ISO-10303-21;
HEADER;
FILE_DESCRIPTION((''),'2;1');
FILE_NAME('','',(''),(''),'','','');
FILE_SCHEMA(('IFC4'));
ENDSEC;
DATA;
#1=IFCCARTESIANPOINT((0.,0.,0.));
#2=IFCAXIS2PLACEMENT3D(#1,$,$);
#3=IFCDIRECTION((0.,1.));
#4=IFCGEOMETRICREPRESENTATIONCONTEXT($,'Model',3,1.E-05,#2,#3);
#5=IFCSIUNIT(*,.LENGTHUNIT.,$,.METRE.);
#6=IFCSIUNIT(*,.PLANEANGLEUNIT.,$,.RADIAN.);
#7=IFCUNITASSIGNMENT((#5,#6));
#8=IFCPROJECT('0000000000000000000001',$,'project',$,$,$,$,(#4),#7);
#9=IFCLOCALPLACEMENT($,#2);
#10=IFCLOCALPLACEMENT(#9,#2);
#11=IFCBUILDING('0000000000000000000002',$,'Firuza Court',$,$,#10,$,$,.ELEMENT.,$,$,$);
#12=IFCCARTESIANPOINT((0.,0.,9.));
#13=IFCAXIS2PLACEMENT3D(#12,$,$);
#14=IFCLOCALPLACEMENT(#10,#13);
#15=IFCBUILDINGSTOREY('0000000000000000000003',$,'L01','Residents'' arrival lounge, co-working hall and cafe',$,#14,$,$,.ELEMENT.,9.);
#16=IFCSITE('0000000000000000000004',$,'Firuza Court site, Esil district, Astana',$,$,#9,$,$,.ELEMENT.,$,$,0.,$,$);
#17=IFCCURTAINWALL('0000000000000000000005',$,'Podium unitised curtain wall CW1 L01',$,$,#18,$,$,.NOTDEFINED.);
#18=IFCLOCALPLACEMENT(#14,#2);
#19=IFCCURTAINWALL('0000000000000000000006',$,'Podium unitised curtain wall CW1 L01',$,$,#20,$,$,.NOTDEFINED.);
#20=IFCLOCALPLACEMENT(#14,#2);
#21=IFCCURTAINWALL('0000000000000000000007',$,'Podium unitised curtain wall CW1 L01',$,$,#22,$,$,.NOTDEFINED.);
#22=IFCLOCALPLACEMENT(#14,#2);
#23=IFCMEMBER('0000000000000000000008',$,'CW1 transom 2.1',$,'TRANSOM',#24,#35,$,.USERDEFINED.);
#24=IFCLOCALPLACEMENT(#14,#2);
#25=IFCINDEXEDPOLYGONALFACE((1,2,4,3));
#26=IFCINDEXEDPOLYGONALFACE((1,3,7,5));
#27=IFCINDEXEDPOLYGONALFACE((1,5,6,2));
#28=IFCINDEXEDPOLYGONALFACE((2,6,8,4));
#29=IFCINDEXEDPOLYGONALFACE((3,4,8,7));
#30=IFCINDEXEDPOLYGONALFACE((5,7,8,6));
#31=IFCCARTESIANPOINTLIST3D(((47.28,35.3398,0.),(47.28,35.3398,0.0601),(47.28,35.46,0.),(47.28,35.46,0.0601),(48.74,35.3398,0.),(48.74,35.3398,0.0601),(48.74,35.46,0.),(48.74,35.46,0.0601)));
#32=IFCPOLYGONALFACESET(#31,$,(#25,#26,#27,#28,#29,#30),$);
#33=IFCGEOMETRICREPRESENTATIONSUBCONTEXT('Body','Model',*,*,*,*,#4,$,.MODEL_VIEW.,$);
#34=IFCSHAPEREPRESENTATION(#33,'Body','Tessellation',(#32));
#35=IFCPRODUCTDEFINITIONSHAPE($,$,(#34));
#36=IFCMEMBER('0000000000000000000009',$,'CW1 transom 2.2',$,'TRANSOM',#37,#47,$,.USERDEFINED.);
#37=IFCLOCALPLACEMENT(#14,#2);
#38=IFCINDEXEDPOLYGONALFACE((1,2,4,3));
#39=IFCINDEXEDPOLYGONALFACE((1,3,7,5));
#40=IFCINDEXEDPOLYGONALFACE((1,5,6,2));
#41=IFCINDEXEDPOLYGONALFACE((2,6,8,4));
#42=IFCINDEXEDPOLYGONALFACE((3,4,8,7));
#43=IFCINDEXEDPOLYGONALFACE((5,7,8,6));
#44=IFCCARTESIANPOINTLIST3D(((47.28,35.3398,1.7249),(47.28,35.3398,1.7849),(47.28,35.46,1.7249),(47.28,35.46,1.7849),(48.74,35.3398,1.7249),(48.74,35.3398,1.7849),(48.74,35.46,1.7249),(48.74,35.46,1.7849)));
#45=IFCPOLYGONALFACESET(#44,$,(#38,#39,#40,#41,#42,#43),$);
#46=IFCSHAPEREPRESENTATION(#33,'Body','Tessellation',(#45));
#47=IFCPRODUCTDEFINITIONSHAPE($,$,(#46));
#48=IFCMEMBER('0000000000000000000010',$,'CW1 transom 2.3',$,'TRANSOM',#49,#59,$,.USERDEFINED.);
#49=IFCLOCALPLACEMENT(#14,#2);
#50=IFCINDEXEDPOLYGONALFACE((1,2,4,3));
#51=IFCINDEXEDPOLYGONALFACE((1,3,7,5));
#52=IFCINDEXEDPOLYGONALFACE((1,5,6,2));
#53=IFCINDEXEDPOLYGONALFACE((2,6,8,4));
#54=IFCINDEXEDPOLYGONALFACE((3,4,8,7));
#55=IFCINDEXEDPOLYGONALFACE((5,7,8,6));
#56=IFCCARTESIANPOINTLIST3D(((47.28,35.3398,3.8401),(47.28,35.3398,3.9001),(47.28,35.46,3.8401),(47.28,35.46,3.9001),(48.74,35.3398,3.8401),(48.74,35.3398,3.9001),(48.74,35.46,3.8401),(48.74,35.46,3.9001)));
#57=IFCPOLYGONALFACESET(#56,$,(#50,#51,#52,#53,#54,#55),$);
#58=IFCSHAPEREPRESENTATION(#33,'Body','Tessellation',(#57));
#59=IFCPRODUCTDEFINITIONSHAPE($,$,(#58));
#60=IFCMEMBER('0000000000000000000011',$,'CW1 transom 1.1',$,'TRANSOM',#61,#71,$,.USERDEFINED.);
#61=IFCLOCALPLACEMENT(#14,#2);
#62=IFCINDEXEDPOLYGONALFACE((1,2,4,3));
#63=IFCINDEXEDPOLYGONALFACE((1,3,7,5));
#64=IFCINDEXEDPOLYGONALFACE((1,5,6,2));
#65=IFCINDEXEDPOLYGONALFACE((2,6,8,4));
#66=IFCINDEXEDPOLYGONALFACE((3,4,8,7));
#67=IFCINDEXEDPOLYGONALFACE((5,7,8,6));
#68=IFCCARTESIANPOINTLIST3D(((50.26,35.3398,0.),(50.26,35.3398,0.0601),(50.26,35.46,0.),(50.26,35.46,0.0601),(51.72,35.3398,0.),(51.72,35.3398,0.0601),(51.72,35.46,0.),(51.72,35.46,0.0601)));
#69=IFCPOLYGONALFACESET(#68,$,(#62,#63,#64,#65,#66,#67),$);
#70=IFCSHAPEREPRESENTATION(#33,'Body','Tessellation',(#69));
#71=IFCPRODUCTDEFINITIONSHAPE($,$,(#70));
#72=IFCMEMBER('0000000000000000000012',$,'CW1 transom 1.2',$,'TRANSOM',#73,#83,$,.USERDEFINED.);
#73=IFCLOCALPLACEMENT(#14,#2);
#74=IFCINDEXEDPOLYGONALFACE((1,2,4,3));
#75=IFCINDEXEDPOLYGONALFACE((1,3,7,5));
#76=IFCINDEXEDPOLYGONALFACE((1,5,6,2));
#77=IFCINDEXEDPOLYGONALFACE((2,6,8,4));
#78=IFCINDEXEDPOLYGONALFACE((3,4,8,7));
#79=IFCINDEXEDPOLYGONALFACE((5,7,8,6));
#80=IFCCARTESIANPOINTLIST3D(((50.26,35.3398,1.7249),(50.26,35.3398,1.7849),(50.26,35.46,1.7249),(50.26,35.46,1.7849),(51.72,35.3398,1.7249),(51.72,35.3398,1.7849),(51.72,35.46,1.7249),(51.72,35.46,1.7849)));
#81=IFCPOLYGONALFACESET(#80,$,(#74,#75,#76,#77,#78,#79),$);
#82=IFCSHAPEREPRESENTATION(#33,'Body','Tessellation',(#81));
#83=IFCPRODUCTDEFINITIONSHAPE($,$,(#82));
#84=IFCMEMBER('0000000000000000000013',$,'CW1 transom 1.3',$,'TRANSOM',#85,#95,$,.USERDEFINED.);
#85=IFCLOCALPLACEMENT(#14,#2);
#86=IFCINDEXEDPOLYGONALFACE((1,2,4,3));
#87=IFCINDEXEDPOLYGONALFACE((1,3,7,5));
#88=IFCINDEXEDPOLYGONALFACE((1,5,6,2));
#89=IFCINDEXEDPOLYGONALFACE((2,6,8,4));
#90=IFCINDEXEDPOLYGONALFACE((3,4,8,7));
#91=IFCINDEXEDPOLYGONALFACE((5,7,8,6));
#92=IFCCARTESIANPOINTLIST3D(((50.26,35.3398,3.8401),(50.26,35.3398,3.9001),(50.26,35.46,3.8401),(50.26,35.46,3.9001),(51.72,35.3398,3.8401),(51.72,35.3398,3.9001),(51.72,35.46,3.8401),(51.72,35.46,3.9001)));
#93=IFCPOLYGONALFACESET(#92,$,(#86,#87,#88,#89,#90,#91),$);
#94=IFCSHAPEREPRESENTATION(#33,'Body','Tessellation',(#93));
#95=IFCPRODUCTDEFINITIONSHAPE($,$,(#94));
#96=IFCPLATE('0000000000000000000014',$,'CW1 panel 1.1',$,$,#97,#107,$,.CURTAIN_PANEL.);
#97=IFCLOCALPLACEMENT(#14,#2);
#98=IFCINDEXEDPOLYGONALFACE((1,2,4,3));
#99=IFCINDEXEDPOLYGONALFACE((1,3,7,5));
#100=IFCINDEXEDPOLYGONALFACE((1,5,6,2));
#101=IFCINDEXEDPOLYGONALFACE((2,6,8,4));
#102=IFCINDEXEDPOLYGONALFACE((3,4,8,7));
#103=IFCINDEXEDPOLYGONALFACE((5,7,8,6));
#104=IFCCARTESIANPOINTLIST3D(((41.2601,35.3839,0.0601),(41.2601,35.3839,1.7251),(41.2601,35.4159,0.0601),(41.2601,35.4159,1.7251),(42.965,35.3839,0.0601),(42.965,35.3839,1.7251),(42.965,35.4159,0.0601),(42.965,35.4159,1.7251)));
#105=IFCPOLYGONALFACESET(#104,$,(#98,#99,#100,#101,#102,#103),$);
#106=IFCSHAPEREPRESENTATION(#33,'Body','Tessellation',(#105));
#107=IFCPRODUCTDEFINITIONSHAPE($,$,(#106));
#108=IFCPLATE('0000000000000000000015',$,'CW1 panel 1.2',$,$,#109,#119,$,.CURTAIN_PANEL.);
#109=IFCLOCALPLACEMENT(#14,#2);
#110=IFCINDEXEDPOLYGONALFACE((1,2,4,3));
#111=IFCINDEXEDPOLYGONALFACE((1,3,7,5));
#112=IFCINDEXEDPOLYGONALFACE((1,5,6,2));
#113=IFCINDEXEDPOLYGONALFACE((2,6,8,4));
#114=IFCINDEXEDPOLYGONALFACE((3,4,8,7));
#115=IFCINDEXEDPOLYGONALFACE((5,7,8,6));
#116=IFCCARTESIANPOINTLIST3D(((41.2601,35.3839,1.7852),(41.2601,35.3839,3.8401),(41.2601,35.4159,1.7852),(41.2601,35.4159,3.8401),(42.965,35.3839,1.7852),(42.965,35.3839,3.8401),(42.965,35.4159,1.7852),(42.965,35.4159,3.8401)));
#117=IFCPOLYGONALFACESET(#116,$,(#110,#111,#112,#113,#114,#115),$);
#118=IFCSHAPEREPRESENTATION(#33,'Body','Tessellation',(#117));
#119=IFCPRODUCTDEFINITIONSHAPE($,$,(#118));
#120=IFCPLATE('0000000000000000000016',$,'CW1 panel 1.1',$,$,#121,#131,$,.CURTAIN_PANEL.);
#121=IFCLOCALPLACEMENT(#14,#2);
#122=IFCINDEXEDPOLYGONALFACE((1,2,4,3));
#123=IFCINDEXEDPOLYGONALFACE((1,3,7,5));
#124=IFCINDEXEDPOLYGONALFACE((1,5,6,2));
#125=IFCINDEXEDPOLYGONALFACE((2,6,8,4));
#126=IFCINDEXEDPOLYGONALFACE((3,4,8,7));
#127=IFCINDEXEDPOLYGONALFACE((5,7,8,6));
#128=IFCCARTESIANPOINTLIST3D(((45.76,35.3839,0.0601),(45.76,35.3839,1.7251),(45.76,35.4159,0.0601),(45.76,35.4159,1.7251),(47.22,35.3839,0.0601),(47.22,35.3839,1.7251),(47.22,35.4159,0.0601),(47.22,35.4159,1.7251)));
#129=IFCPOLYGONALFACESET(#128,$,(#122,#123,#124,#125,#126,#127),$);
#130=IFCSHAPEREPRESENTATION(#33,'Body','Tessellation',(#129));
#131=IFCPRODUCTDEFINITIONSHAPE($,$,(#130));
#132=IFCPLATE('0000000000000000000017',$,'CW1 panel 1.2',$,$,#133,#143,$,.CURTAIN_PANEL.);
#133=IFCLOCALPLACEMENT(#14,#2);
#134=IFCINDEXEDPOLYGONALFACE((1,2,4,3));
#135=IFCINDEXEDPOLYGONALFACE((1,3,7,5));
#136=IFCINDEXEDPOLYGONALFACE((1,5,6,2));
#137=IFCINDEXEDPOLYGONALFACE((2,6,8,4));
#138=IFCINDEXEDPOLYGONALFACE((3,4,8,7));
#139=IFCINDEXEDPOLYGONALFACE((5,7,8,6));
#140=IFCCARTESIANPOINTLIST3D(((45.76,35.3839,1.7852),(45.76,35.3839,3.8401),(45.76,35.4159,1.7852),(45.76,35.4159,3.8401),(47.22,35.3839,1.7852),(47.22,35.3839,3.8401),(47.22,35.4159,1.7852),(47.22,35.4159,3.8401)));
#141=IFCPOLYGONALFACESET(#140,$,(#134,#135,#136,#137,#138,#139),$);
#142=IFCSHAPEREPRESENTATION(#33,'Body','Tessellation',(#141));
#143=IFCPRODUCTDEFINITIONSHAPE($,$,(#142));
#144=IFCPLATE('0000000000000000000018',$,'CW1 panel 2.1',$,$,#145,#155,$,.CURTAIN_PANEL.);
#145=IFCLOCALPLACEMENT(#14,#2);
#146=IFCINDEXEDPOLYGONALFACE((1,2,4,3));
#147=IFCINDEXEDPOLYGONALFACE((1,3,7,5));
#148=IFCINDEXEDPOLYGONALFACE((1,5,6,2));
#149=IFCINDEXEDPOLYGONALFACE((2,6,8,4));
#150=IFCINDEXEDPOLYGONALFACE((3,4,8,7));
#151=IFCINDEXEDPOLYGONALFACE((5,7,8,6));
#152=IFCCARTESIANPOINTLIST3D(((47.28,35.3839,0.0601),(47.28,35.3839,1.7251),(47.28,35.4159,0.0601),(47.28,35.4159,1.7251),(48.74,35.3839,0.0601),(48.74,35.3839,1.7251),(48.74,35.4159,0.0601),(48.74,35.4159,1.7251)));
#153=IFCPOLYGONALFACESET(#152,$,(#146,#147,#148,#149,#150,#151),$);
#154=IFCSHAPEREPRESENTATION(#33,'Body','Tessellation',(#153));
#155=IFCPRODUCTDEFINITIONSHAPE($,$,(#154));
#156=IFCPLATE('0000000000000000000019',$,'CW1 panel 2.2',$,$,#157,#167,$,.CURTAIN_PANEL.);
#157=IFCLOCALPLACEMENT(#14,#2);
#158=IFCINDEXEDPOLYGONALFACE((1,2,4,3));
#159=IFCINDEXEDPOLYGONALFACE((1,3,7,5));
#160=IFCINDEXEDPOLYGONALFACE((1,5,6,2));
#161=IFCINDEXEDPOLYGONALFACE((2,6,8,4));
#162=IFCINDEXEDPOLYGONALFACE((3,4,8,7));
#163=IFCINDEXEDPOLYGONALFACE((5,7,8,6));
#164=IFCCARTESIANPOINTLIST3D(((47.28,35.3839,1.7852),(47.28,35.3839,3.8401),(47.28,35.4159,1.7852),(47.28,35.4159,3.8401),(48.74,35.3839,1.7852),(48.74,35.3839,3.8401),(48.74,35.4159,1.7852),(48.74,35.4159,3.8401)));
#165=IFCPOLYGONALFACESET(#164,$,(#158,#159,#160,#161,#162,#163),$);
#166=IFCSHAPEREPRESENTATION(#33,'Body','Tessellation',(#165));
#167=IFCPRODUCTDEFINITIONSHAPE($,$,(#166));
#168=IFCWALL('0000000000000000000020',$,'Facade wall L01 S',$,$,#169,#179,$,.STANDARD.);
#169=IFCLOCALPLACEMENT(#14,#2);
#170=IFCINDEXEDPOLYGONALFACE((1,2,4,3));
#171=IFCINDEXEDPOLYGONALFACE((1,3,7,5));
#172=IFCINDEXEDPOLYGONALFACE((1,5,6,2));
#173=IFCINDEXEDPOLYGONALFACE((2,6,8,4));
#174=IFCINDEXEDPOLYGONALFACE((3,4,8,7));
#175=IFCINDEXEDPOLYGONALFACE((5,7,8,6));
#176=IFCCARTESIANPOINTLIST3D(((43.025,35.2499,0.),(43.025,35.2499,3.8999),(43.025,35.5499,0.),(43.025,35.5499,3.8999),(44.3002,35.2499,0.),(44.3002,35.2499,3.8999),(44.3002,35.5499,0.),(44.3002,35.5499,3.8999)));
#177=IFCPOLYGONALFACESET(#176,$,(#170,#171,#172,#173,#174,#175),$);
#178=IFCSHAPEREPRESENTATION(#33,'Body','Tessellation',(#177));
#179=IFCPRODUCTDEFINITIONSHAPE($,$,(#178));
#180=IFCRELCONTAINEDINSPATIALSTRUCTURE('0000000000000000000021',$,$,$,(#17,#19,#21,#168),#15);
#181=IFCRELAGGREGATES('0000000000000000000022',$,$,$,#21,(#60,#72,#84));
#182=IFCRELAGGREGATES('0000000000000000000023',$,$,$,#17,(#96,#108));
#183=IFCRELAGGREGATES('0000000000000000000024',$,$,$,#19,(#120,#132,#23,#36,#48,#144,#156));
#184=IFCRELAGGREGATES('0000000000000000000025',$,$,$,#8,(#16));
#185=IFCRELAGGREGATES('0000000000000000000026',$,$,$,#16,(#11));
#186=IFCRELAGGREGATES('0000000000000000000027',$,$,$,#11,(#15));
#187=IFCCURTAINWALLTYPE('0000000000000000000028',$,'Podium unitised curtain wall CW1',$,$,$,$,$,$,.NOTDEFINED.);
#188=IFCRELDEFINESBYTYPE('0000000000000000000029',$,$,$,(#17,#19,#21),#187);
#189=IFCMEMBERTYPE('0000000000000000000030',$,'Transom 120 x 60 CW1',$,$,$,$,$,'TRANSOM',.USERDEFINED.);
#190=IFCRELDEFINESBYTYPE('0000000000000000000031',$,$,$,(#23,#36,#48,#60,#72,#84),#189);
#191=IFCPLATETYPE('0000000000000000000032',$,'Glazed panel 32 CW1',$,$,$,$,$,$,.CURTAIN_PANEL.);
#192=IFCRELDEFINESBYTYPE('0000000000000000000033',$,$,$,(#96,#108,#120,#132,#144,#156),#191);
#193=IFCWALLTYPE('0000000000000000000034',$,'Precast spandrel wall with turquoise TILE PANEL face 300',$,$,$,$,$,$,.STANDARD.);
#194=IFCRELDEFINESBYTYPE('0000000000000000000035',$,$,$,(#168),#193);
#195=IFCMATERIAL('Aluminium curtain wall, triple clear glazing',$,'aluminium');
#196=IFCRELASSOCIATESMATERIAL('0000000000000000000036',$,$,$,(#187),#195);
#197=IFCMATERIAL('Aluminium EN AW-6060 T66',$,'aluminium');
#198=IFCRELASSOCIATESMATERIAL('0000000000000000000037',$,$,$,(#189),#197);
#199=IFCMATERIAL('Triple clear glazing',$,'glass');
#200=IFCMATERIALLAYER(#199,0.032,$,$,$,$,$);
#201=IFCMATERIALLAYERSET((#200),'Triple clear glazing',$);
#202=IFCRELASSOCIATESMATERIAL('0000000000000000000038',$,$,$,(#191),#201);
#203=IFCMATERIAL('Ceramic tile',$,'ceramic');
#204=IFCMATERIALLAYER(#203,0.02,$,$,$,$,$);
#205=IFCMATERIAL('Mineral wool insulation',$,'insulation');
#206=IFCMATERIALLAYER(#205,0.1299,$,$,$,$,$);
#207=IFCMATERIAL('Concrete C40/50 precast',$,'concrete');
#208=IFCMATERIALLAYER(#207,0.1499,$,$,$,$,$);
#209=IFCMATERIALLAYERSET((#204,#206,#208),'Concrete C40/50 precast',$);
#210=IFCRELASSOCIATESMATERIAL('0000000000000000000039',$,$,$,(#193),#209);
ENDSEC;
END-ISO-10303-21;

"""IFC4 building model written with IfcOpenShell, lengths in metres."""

from ifc_helpers import new_model, si_unit, direction, frame, frame_2d, origin, origin_2d, place, context, subcontext, project, spatial, rectangle, extrude, material, layer, layer_set, material_profile, profile_set, type_object, element, aggregate, save


model = new_model("IFC4")

# Units and contexts
model_context = context("Model", 3, precision=1e-05, world=origin(), true_north=direction((0.0, 1.0)))
body_context = subcontext(model_context, "Body", "Model", "MODEL_VIEW")
ifc_project = project(units=[si_unit("LENGTHUNIT", "METRE"), si_unit("PLANEANGLEUNIT", "RADIAN")], contexts=[model_context])

# Site, building, storey
site_placement = place(None, origin())
site = spatial("IfcSite", under=ifc_project, at=site_placement, Name="Firuza Court site, Esil district, Astana", CompositionType="ELEMENT", RefElevation=0.0)
building_placement = place(site_placement, origin())
building = spatial("IfcBuilding", under=site, at=building_placement, Name="Firuza Court", CompositionType="ELEMENT")
storey_placement = place(building_placement, frame((0.0, 0.0, 9.0)))
storey = spatial("IfcBuildingStorey", under=building, at=storey_placement, Name="L01", Description="Residents' arrival lounge, co-working hall and cafe", CompositionType="ELEMENT", Elevation=9.0)

# Curtain wall
ifc_material_1 = material(Name="Aluminium curtain wall, triple clear glazing", Category="aluminium")
curtain_wall_type = type_object("IfcCurtainWallType", Name="Podium unitised curtain wall CW1", PredefinedType="NOTDEFINED", material=ifc_material_1)
curtain_wall_1_placement = place(storey_placement, origin())
curtain_wall_1 = element("IfcCurtainWall", 1, at=curtain_wall_1_placement, inside=storey, type_object=curtain_wall_type, Name="Podium unitised curtain wall CW1 L01", PredefinedType="NOTDEFINED")

# Curtain wall
curtain_wall_2_placement = place(storey_placement, origin())
curtain_wall_2 = element("IfcCurtainWall", 2, at=curtain_wall_2_placement, inside=storey, type_object=curtain_wall_type, Name="Podium unitised curtain wall CW1 L01", PredefinedType="NOTDEFINED")

# Curtain wall
curtain_wall_3_placement = place(storey_placement, origin())
curtain_wall_3 = element("IfcCurtainWall", 3, at=curtain_wall_3_placement, inside=storey, type_object=curtain_wall_type, Name="Podium unitised curtain wall CW1 L01", PredefinedType="NOTDEFINED")

# Members
ifc_material_2 = material(Name="Aluminium EN AW-6060 T66", Category="aluminium")
ifc_material_profile_1 = material_profile(ifc_material_2, rectangle(XDim=0.1201, YDim=0.0601, at=origin_2d()), Name="Transom 120 x 60 CW1")
ifc_profile_set_1 = profile_set([ifc_material_profile_1], Name="Aluminium EN AW-6060 T66")
member_type_1 = type_object("IfcMemberType", Name="Transom 120 x 60 CW1", ElementType="TRANSOM", PredefinedType="USERDEFINED", material=ifc_profile_set_1)
member_1_placement = place(storey_placement, frame((47.28, 35.3999, 0.03), z_axis=(1.0, 0.0, 0.0), x_axis=(0.0, 1.0, 0.0)))
member_1 = element("IfcMember", 4, at=member_1_placement, type_object=member_type_1, Name="CW1 transom 2.1", ObjectType="TRANSOM", PredefinedType="USERDEFINED", context=body_context, shape_type="SweptSolid", body=[
    extrude(rectangle(XDim=0.1201, YDim=0.0601, at=origin_2d()), origin(), (0.0, 0.0, 1.0), 1.46),
])
member_2_placement = place(storey_placement, frame((47.28, 35.3999, 1.7549), z_axis=(1.0, 0.0, 0.0), x_axis=(0.0, 1.0, 0.0)))
member_2 = element("IfcMember", 5, at=member_2_placement, type_object=member_type_1, Name="CW1 transom 2.2", ObjectType="TRANSOM", PredefinedType="USERDEFINED", context=body_context, shape_type="SweptSolid", body=[
    extrude(rectangle(XDim=0.1201, YDim=0.0601, at=origin_2d()), origin(), (0.0, 0.0, 1.0), 1.46),
])
member_3_placement = place(storey_placement, frame((47.28, 35.3999, 3.8701), z_axis=(1.0, 0.0, 0.0), x_axis=(0.0, 1.0, 0.0)))
member_3 = element("IfcMember", 6, at=member_3_placement, type_object=member_type_1, Name="CW1 transom 2.3", ObjectType="TRANSOM", PredefinedType="USERDEFINED", context=body_context, shape_type="SweptSolid", body=[
    extrude(rectangle(XDim=0.1201, YDim=0.0601, at=origin_2d()), origin(), (0.0, 0.0, 1.0), 1.46),
])
member_4_placement = place(storey_placement, frame((50.26, 35.3999, 0.03), z_axis=(1.0, 0.0, 0.0), x_axis=(0.0, 1.0, 0.0)))
member_4 = element("IfcMember", 7, at=member_4_placement, type_object=member_type_1, Name="CW1 transom 1.1", ObjectType="TRANSOM", PredefinedType="USERDEFINED", context=body_context, shape_type="SweptSolid", body=[
    extrude(rectangle(XDim=0.1201, YDim=0.0601, at=origin_2d()), origin(), (0.0, 0.0, 1.0), 1.46),
])
member_5_placement = place(storey_placement, frame((50.26, 35.3999, 1.7549), z_axis=(1.0, 0.0, 0.0), x_axis=(0.0, 1.0, 0.0)))
member_5 = element("IfcMember", 8, at=member_5_placement, type_object=member_type_1, Name="CW1 transom 1.2", ObjectType="TRANSOM", PredefinedType="USERDEFINED", context=body_context, shape_type="SweptSolid", body=[
    extrude(rectangle(XDim=0.1201, YDim=0.0601, at=origin_2d()), origin(), (0.0, 0.0, 1.0), 1.46),
])
member_6_placement = place(storey_placement, frame((50.26, 35.3999, 3.8701), z_axis=(1.0, 0.0, 0.0), x_axis=(0.0, 1.0, 0.0)))
member_6 = element("IfcMember", 9, at=member_6_placement, type_object=member_type_1, Name="CW1 transom 1.3", ObjectType="TRANSOM", PredefinedType="USERDEFINED", context=body_context, shape_type="SweptSolid", body=[
    extrude(rectangle(XDim=0.1201, YDim=0.0601, at=origin_2d()), origin(), (0.0, 0.0, 1.0), 1.46),
])
aggregate(curtain_wall_3, [member_4, member_5, member_6])

# Plates
ifc_material_3 = material(Name="Triple clear glazing", Category="glass")
ifc_layer_1 = layer(ifc_material_3, 0.032)
ifc_layer_set_1 = layer_set([ifc_layer_1], Name="Triple clear glazing")
plate_type = type_object("IfcPlateType", Name="Glazed panel 32 CW1", PredefinedType="CURTAIN_PANEL", material=ifc_layer_set_1)
plate_1_placement = place(storey_placement, frame((42.1125, 35.3999, 0.0601), z_axis=(0.0, 0.0, 1.0), x_axis=(1.0, 0.0, 0.0)))
plate_1 = element("IfcPlate", 10, at=plate_1_placement, type_object=plate_type, Name="CW1 panel 1.1", PredefinedType="CURTAIN_PANEL", context=body_context, shape_type="SweptSolid", body=[
    extrude(rectangle(XDim=1.7048, YDim=0.032, at=origin_2d()), origin(), (0.0, 0.0, 1.0), 1.665),
])
plate_2_placement = place(storey_placement, frame((42.1125, 35.3999, 1.7852), z_axis=(0.0, 0.0, 1.0), x_axis=(1.0, 0.0, 0.0)))
plate_2 = element("IfcPlate", 11, at=plate_2_placement, type_object=plate_type, Name="CW1 panel 1.2", PredefinedType="CURTAIN_PANEL", context=body_context, shape_type="SweptSolid", body=[
    extrude(rectangle(XDim=1.7048, YDim=0.032, at=origin_2d()), origin(), (0.0, 0.0, 1.0), 2.0549),
])
aggregate(curtain_wall_1, [plate_1, plate_2])
plate_3_placement = place(storey_placement, frame((46.49, 35.3999, 0.0601), z_axis=(0.0, 0.0, 1.0), x_axis=(1.0, 0.0, 0.0)))
plate_3 = element("IfcPlate", 12, at=plate_3_placement, type_object=plate_type, Name="CW1 panel 1.1", PredefinedType="CURTAIN_PANEL", context=body_context, shape_type="SweptSolid", body=[
    extrude(rectangle(XDim=1.46, YDim=0.032, at=origin_2d()), origin(), (0.0, 0.0, 1.0), 1.665),
])
plate_4_placement = place(storey_placement, frame((46.49, 35.3999, 1.7852), z_axis=(0.0, 0.0, 1.0), x_axis=(1.0, 0.0, 0.0)))
plate_4 = element("IfcPlate", 13, at=plate_4_placement, type_object=plate_type, Name="CW1 panel 1.2", PredefinedType="CURTAIN_PANEL", context=body_context, shape_type="SweptSolid", body=[
    extrude(rectangle(XDim=1.46, YDim=0.032, at=origin_2d()), origin(), (0.0, 0.0, 1.0), 2.0549),
])
plate_5_placement = place(storey_placement, frame((48.01, 35.3999, 0.0601), z_axis=(0.0, 0.0, 1.0), x_axis=(1.0, 0.0, 0.0)))
plate_5 = element("IfcPlate", 14, at=plate_5_placement, type_object=plate_type, Name="CW1 panel 2.1", PredefinedType="CURTAIN_PANEL", context=body_context, shape_type="SweptSolid", body=[
    extrude(rectangle(XDim=1.46, YDim=0.032, at=origin_2d()), origin(), (0.0, 0.0, 1.0), 1.665),
])
plate_6_placement = place(storey_placement, frame((48.01, 35.3999, 1.7852), z_axis=(0.0, 0.0, 1.0), x_axis=(1.0, 0.0, 0.0)))
plate_6 = element("IfcPlate", 15, at=plate_6_placement, type_object=plate_type, Name="CW1 panel 2.2", PredefinedType="CURTAIN_PANEL", context=body_context, shape_type="SweptSolid", body=[
    extrude(rectangle(XDim=1.46, YDim=0.032, at=origin_2d()), origin(), (0.0, 0.0, 1.0), 2.0549),
])
aggregate(curtain_wall_2, [plate_3, plate_4, member_1, member_2, member_3, plate_5, plate_6])

# Wall
ifc_material_4 = material(Name="Ceramic tile", Category="ceramic")
ifc_layer_2 = layer(ifc_material_4, 0.02)
ifc_material_5 = material(Name="Mineral wool insulation", Category="insulation")
ifc_layer_3 = layer(ifc_material_5, 0.1299)
ifc_material_6 = material(Name="Concrete C40/50 precast", Category="concrete")
ifc_layer_4 = layer(ifc_material_6, 0.1499)
ifc_layer_set_2 = layer_set([ifc_layer_2, ifc_layer_3, ifc_layer_4], Name="Concrete C40/50 precast")
wall_type = type_object("IfcWallType", Name="Precast spandrel wall with turquoise TILE PANEL face 300", PredefinedType="STANDARD", material=ifc_layer_set_2)
wall_placement = place(storey_placement, frame((43.0249, 35.3999, 0.0), z_axis=(0.0, 0.0, 1.0), x_axis=(1.0, 0.0, 0.0)))
element("IfcWall", 16, at=wall_placement, inside=storey, type_object=wall_type, Name="Facade wall L01 S", PredefinedType="STANDARD", context=body_context, shape_type="SweptSolid", body=[
    extrude(rectangle(XDim=1.2751, YDim=0.3, at=frame_2d((0.6377, 0.0))), origin(), (0.0, 0.0, 1.0), 3.8999),
])

save(model, "model.ifc")
